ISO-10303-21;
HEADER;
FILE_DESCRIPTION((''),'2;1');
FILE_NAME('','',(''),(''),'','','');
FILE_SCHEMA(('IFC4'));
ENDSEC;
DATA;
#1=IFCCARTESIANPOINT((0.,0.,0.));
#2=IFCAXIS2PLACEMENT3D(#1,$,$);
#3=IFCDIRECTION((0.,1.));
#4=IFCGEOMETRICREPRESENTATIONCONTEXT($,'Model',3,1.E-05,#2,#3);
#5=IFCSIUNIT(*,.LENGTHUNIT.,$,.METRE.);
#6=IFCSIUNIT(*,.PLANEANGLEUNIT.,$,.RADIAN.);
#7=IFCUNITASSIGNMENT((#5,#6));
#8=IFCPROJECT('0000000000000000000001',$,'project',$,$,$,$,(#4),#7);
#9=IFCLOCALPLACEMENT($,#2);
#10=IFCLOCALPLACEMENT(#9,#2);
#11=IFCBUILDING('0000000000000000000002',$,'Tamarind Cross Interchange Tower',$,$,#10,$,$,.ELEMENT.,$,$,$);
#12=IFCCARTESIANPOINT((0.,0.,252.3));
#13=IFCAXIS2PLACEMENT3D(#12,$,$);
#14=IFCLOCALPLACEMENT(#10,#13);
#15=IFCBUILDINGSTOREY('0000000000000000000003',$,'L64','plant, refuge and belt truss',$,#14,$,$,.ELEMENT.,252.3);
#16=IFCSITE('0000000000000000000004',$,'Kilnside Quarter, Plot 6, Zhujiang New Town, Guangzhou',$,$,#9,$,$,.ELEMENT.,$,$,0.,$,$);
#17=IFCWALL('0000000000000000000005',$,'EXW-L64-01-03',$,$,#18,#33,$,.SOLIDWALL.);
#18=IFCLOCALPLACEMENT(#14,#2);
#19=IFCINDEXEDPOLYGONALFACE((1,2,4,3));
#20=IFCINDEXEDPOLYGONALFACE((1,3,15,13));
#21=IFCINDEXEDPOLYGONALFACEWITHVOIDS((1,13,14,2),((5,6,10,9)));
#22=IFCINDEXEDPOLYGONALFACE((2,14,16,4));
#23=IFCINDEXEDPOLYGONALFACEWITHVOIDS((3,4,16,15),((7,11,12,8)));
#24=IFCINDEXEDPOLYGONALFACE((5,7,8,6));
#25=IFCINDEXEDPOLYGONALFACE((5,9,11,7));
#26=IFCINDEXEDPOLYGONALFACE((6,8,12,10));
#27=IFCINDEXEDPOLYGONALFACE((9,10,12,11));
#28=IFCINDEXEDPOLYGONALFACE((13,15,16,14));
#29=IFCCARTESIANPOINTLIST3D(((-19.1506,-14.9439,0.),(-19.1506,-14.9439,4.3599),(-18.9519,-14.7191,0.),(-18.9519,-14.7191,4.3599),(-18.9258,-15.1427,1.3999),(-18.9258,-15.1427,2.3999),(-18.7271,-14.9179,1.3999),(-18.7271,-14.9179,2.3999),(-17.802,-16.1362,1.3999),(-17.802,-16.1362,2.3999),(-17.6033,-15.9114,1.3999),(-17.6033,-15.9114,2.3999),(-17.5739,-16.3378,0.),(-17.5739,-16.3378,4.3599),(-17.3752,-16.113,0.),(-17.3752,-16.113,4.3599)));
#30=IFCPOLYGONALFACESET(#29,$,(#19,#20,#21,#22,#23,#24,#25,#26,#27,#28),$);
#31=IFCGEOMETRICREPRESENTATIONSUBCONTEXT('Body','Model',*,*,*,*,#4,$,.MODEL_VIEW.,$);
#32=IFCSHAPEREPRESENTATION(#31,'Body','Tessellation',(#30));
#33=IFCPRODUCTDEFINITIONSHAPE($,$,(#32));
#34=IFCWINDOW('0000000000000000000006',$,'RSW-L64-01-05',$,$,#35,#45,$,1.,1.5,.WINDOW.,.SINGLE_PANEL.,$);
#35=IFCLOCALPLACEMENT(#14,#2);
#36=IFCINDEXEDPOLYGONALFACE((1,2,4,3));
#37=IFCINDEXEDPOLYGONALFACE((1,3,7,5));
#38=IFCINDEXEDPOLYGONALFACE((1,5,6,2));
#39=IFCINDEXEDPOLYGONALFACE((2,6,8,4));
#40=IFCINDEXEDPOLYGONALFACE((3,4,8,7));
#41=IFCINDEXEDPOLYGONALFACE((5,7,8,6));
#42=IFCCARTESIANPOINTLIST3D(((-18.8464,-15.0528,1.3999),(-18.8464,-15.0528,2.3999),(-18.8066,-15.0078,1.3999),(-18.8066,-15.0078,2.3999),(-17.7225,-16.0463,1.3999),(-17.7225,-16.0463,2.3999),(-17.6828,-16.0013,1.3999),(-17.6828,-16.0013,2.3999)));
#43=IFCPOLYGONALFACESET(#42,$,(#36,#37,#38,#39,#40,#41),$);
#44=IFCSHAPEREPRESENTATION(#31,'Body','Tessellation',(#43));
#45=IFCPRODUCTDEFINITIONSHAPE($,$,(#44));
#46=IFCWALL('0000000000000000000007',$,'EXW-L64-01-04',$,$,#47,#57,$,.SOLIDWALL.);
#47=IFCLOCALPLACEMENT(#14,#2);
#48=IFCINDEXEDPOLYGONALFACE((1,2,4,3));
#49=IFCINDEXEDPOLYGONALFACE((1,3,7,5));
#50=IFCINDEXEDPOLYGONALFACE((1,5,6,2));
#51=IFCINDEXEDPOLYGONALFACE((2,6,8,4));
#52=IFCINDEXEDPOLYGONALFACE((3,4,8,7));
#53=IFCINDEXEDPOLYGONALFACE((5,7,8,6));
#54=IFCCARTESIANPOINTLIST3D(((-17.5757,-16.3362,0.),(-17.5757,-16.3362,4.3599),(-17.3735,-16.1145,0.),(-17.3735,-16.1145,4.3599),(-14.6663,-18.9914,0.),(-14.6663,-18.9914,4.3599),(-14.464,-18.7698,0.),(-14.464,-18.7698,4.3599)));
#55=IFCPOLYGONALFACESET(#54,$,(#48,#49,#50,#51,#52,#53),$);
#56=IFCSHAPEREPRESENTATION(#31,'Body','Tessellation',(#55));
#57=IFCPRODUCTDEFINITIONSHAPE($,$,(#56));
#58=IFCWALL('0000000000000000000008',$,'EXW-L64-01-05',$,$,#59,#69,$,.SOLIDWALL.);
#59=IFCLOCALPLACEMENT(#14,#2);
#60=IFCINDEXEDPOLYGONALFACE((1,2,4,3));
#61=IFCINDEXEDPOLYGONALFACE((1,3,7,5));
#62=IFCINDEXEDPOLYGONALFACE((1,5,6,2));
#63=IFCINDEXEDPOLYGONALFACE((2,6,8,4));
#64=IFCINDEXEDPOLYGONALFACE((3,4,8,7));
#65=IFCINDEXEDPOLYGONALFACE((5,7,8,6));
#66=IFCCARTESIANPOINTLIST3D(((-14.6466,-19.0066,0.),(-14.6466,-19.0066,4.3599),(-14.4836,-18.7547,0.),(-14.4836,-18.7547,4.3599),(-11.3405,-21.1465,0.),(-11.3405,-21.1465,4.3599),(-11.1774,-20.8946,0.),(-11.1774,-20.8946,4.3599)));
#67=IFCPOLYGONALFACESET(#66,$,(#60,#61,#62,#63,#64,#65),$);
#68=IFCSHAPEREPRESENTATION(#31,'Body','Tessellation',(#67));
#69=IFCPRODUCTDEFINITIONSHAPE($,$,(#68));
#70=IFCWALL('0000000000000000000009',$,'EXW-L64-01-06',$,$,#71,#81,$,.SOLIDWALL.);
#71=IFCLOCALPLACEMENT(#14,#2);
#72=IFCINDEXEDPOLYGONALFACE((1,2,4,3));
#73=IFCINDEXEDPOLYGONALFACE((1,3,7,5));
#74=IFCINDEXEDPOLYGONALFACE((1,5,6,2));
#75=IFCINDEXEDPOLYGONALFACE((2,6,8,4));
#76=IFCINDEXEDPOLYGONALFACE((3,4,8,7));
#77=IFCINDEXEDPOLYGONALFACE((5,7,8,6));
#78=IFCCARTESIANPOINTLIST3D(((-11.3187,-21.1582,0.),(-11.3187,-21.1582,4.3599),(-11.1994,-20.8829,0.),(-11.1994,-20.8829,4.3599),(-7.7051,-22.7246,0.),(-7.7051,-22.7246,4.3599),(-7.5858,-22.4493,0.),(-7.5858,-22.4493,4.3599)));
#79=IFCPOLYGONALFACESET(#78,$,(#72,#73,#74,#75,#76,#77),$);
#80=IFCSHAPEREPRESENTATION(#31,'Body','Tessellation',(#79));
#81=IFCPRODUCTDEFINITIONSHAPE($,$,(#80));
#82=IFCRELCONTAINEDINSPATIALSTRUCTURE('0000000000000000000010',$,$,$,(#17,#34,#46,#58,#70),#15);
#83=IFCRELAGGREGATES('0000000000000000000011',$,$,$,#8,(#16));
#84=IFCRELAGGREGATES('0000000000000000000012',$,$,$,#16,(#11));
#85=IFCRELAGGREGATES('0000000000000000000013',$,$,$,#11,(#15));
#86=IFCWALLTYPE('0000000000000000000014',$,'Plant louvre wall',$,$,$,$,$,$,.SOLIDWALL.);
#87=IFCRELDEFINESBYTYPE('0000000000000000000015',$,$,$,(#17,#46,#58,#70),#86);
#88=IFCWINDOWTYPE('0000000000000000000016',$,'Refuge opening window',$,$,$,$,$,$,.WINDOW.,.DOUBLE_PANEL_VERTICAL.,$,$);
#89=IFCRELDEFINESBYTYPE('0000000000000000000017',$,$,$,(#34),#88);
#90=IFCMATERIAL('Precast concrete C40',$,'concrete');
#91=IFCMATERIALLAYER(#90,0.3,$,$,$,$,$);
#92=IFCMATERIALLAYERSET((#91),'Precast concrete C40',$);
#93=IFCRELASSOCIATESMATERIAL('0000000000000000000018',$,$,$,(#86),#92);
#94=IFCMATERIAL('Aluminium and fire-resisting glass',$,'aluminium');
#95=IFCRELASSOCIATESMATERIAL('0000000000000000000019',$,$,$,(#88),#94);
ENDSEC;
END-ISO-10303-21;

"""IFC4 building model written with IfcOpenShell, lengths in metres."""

from ifc_helpers import new_model, si_unit, direction, frame, frame_2d, origin, place, context, subcontext, project, spatial, rectangle, extrude, material, layer, layer_set, type_object, element, fill, save


model = new_model("IFC4")

# Units and contexts
model_context = context("Model", 3, precision=1e-05, world=origin(), true_north=direction((0.0, 1.0)))
body_context = subcontext(model_context, "Body", "Model", "MODEL_VIEW")
ifc_project = project(units=[si_unit("LENGTHUNIT", "METRE"), si_unit("PLANEANGLEUNIT", "RADIAN")], contexts=[model_context])

# Site, building, storey
site_placement = place(None, origin())
site = spatial("IfcSite", under=ifc_project, at=site_placement, Name="Kilnside Quarter, Plot 6, Zhujiang New Town, Guangzhou", CompositionType="ELEMENT", RefElevation=0.0)
building_placement = place(site_placement, origin())
building = spatial("IfcBuilding", under=site, at=building_placement, Name="Tamarind Cross Interchange Tower", CompositionType="ELEMENT")
storey_placement = place(building_placement, frame((0.0, 0.0, 252.3)))
storey = spatial("IfcBuildingStorey", under=building, at=storey_placement, Name="L64", Description="plant, refuge and belt truss", CompositionType="ELEMENT", Elevation=252.3)

# Shared definitions
ifc_material_1 = material(Name="Precast concrete C40", Category="concrete")
ifc_layer_1 = layer(ifc_material_1, 0.3)
ifc_layer_set_1 = layer_set([ifc_layer_1], Name="Precast concrete C40")
wall_type_1 = type_object("IfcWallType", Name="Plant louvre wall", PredefinedType="SOLIDWALL", material=ifc_layer_set_1)

# Wall, opening, window
wall_1_placement = place(storey_placement, frame((-19.0513, -14.8315, 0.0), z_axis=(0.0, 0.0, 1.0), x_axis=(0.749218, -0.662324, 0.0)))
wall_1 = element("IfcWall", 1, at=wall_1_placement, inside=storey, type_object=wall_type_1, Name="EXW-L64-01-03", PredefinedType="SOLIDWALL", context=body_context, shape_type="SweptSolid", body=[
    extrude(rectangle(XDim=2.1045, YDim=0.3, at=frame_2d((1.0522, 0.0))), origin(), (0.0, 0.0, 1.0), 4.3599),
])
opening_1_placement = place(wall_1_placement, frame((0.3, 0.0, 1.3999)))
opening_1 = element("IfcOpeningElement", 2, at=opening_1_placement, cuts=wall_1, PredefinedType="OPENING", context=body_context, shape_type="SweptSolid", body=[
    extrude(rectangle(XDim=1.5, YDim=1.0, at=frame_2d((0.75, 0.5))), frame((0.0, 0.1599, 0.0), z_axis=(0.0, -1.0, 0.0), x_axis=(1.0, 0.0, 0.0)), (0.0, 0.0, 1.0), 0.3201),
])
ifc_material_2 = material(Name="Aluminium and fire-resisting glass", Category="aluminium")
window_type = type_object("IfcWindowType", Name="Refuge opening window", PartitioningType="DOUBLE_PANEL_VERTICAL", PredefinedType="WINDOW", material=ifc_material_2)
window_placement = place(opening_1_placement, origin())
window = element("IfcWindow", 3, at=window_placement, inside=storey, type_object=window_type, Name="RSW-L64-01-05", OverallHeight=1.0, OverallWidth=1.5, PartitioningType="SINGLE_PANEL", PredefinedType="WINDOW", context=body_context, shape_type="SweptSolid", body=[
    extrude(rectangle(XDim=1.5, YDim=1.0, at=frame_2d((0.75, 0.5))), frame((0.0, 0.03, 0.0), z_axis=(0.0, -1.0, 0.0), x_axis=(1.0, 0.0, 0.0)), (0.0, 0.0, 1.0), 0.0601),
])
fill(opening_1, window)

# Walls
wall_2_placement = place(storey_placement, frame((-17.4746, -16.2253, 0.0), z_axis=(0.0, 0.0, 1.0), x_axis=(0.738632, -0.674109, 0.0)))
element("IfcWall", 4, at=wall_2_placement, inside=storey, type_object=wall_type_1, Name="EXW-L64-01-04", PredefinedType="SOLIDWALL", context=body_context, shape_type="SweptSolid", body=[
    extrude(rectangle(XDim=3.939, YDim=0.3, at=frame_2d((1.9695, 0.0))), origin(), (0.0, 0.0, 1.0), 4.3599),
])
wall_3_placement = place(storey_placement, frame((-14.5652, -18.8806, 0.0), z_axis=(0.0, 0.0, 1.0), x_axis=(0.839499, -0.543362, 0.0)))
element("IfcWall", 5, at=wall_3_placement, inside=storey, type_object=wall_type_1, Name="EXW-L64-01-05", PredefinedType="SOLIDWALL", context=body_context, shape_type="SweptSolid", body=[
    extrude(rectangle(XDim=3.9382, YDim=0.3, at=frame_2d((1.9692, 0.0))), origin(), (0.0, 0.0, 1.0), 4.3599),
])
wall_4_placement = place(storey_placement, frame((-11.259, -21.0205, 0.0), z_axis=(0.0, 0.0, 1.0), x_axis=(0.917505, -0.397724, 0.0)))
element("IfcWall", 6, at=wall_4_placement, inside=storey, type_object=wall_type_1, Name="EXW-L64-01-06", PredefinedType="SOLIDWALL", context=body_context, shape_type="SweptSolid", body=[
    extrude(rectangle(XDim=3.9385, YDim=0.3, at=frame_2d((1.9692, 0.0))), origin(), (0.0, 0.0, 1.0), 4.3599),
])

save(model, "model.ifc")
